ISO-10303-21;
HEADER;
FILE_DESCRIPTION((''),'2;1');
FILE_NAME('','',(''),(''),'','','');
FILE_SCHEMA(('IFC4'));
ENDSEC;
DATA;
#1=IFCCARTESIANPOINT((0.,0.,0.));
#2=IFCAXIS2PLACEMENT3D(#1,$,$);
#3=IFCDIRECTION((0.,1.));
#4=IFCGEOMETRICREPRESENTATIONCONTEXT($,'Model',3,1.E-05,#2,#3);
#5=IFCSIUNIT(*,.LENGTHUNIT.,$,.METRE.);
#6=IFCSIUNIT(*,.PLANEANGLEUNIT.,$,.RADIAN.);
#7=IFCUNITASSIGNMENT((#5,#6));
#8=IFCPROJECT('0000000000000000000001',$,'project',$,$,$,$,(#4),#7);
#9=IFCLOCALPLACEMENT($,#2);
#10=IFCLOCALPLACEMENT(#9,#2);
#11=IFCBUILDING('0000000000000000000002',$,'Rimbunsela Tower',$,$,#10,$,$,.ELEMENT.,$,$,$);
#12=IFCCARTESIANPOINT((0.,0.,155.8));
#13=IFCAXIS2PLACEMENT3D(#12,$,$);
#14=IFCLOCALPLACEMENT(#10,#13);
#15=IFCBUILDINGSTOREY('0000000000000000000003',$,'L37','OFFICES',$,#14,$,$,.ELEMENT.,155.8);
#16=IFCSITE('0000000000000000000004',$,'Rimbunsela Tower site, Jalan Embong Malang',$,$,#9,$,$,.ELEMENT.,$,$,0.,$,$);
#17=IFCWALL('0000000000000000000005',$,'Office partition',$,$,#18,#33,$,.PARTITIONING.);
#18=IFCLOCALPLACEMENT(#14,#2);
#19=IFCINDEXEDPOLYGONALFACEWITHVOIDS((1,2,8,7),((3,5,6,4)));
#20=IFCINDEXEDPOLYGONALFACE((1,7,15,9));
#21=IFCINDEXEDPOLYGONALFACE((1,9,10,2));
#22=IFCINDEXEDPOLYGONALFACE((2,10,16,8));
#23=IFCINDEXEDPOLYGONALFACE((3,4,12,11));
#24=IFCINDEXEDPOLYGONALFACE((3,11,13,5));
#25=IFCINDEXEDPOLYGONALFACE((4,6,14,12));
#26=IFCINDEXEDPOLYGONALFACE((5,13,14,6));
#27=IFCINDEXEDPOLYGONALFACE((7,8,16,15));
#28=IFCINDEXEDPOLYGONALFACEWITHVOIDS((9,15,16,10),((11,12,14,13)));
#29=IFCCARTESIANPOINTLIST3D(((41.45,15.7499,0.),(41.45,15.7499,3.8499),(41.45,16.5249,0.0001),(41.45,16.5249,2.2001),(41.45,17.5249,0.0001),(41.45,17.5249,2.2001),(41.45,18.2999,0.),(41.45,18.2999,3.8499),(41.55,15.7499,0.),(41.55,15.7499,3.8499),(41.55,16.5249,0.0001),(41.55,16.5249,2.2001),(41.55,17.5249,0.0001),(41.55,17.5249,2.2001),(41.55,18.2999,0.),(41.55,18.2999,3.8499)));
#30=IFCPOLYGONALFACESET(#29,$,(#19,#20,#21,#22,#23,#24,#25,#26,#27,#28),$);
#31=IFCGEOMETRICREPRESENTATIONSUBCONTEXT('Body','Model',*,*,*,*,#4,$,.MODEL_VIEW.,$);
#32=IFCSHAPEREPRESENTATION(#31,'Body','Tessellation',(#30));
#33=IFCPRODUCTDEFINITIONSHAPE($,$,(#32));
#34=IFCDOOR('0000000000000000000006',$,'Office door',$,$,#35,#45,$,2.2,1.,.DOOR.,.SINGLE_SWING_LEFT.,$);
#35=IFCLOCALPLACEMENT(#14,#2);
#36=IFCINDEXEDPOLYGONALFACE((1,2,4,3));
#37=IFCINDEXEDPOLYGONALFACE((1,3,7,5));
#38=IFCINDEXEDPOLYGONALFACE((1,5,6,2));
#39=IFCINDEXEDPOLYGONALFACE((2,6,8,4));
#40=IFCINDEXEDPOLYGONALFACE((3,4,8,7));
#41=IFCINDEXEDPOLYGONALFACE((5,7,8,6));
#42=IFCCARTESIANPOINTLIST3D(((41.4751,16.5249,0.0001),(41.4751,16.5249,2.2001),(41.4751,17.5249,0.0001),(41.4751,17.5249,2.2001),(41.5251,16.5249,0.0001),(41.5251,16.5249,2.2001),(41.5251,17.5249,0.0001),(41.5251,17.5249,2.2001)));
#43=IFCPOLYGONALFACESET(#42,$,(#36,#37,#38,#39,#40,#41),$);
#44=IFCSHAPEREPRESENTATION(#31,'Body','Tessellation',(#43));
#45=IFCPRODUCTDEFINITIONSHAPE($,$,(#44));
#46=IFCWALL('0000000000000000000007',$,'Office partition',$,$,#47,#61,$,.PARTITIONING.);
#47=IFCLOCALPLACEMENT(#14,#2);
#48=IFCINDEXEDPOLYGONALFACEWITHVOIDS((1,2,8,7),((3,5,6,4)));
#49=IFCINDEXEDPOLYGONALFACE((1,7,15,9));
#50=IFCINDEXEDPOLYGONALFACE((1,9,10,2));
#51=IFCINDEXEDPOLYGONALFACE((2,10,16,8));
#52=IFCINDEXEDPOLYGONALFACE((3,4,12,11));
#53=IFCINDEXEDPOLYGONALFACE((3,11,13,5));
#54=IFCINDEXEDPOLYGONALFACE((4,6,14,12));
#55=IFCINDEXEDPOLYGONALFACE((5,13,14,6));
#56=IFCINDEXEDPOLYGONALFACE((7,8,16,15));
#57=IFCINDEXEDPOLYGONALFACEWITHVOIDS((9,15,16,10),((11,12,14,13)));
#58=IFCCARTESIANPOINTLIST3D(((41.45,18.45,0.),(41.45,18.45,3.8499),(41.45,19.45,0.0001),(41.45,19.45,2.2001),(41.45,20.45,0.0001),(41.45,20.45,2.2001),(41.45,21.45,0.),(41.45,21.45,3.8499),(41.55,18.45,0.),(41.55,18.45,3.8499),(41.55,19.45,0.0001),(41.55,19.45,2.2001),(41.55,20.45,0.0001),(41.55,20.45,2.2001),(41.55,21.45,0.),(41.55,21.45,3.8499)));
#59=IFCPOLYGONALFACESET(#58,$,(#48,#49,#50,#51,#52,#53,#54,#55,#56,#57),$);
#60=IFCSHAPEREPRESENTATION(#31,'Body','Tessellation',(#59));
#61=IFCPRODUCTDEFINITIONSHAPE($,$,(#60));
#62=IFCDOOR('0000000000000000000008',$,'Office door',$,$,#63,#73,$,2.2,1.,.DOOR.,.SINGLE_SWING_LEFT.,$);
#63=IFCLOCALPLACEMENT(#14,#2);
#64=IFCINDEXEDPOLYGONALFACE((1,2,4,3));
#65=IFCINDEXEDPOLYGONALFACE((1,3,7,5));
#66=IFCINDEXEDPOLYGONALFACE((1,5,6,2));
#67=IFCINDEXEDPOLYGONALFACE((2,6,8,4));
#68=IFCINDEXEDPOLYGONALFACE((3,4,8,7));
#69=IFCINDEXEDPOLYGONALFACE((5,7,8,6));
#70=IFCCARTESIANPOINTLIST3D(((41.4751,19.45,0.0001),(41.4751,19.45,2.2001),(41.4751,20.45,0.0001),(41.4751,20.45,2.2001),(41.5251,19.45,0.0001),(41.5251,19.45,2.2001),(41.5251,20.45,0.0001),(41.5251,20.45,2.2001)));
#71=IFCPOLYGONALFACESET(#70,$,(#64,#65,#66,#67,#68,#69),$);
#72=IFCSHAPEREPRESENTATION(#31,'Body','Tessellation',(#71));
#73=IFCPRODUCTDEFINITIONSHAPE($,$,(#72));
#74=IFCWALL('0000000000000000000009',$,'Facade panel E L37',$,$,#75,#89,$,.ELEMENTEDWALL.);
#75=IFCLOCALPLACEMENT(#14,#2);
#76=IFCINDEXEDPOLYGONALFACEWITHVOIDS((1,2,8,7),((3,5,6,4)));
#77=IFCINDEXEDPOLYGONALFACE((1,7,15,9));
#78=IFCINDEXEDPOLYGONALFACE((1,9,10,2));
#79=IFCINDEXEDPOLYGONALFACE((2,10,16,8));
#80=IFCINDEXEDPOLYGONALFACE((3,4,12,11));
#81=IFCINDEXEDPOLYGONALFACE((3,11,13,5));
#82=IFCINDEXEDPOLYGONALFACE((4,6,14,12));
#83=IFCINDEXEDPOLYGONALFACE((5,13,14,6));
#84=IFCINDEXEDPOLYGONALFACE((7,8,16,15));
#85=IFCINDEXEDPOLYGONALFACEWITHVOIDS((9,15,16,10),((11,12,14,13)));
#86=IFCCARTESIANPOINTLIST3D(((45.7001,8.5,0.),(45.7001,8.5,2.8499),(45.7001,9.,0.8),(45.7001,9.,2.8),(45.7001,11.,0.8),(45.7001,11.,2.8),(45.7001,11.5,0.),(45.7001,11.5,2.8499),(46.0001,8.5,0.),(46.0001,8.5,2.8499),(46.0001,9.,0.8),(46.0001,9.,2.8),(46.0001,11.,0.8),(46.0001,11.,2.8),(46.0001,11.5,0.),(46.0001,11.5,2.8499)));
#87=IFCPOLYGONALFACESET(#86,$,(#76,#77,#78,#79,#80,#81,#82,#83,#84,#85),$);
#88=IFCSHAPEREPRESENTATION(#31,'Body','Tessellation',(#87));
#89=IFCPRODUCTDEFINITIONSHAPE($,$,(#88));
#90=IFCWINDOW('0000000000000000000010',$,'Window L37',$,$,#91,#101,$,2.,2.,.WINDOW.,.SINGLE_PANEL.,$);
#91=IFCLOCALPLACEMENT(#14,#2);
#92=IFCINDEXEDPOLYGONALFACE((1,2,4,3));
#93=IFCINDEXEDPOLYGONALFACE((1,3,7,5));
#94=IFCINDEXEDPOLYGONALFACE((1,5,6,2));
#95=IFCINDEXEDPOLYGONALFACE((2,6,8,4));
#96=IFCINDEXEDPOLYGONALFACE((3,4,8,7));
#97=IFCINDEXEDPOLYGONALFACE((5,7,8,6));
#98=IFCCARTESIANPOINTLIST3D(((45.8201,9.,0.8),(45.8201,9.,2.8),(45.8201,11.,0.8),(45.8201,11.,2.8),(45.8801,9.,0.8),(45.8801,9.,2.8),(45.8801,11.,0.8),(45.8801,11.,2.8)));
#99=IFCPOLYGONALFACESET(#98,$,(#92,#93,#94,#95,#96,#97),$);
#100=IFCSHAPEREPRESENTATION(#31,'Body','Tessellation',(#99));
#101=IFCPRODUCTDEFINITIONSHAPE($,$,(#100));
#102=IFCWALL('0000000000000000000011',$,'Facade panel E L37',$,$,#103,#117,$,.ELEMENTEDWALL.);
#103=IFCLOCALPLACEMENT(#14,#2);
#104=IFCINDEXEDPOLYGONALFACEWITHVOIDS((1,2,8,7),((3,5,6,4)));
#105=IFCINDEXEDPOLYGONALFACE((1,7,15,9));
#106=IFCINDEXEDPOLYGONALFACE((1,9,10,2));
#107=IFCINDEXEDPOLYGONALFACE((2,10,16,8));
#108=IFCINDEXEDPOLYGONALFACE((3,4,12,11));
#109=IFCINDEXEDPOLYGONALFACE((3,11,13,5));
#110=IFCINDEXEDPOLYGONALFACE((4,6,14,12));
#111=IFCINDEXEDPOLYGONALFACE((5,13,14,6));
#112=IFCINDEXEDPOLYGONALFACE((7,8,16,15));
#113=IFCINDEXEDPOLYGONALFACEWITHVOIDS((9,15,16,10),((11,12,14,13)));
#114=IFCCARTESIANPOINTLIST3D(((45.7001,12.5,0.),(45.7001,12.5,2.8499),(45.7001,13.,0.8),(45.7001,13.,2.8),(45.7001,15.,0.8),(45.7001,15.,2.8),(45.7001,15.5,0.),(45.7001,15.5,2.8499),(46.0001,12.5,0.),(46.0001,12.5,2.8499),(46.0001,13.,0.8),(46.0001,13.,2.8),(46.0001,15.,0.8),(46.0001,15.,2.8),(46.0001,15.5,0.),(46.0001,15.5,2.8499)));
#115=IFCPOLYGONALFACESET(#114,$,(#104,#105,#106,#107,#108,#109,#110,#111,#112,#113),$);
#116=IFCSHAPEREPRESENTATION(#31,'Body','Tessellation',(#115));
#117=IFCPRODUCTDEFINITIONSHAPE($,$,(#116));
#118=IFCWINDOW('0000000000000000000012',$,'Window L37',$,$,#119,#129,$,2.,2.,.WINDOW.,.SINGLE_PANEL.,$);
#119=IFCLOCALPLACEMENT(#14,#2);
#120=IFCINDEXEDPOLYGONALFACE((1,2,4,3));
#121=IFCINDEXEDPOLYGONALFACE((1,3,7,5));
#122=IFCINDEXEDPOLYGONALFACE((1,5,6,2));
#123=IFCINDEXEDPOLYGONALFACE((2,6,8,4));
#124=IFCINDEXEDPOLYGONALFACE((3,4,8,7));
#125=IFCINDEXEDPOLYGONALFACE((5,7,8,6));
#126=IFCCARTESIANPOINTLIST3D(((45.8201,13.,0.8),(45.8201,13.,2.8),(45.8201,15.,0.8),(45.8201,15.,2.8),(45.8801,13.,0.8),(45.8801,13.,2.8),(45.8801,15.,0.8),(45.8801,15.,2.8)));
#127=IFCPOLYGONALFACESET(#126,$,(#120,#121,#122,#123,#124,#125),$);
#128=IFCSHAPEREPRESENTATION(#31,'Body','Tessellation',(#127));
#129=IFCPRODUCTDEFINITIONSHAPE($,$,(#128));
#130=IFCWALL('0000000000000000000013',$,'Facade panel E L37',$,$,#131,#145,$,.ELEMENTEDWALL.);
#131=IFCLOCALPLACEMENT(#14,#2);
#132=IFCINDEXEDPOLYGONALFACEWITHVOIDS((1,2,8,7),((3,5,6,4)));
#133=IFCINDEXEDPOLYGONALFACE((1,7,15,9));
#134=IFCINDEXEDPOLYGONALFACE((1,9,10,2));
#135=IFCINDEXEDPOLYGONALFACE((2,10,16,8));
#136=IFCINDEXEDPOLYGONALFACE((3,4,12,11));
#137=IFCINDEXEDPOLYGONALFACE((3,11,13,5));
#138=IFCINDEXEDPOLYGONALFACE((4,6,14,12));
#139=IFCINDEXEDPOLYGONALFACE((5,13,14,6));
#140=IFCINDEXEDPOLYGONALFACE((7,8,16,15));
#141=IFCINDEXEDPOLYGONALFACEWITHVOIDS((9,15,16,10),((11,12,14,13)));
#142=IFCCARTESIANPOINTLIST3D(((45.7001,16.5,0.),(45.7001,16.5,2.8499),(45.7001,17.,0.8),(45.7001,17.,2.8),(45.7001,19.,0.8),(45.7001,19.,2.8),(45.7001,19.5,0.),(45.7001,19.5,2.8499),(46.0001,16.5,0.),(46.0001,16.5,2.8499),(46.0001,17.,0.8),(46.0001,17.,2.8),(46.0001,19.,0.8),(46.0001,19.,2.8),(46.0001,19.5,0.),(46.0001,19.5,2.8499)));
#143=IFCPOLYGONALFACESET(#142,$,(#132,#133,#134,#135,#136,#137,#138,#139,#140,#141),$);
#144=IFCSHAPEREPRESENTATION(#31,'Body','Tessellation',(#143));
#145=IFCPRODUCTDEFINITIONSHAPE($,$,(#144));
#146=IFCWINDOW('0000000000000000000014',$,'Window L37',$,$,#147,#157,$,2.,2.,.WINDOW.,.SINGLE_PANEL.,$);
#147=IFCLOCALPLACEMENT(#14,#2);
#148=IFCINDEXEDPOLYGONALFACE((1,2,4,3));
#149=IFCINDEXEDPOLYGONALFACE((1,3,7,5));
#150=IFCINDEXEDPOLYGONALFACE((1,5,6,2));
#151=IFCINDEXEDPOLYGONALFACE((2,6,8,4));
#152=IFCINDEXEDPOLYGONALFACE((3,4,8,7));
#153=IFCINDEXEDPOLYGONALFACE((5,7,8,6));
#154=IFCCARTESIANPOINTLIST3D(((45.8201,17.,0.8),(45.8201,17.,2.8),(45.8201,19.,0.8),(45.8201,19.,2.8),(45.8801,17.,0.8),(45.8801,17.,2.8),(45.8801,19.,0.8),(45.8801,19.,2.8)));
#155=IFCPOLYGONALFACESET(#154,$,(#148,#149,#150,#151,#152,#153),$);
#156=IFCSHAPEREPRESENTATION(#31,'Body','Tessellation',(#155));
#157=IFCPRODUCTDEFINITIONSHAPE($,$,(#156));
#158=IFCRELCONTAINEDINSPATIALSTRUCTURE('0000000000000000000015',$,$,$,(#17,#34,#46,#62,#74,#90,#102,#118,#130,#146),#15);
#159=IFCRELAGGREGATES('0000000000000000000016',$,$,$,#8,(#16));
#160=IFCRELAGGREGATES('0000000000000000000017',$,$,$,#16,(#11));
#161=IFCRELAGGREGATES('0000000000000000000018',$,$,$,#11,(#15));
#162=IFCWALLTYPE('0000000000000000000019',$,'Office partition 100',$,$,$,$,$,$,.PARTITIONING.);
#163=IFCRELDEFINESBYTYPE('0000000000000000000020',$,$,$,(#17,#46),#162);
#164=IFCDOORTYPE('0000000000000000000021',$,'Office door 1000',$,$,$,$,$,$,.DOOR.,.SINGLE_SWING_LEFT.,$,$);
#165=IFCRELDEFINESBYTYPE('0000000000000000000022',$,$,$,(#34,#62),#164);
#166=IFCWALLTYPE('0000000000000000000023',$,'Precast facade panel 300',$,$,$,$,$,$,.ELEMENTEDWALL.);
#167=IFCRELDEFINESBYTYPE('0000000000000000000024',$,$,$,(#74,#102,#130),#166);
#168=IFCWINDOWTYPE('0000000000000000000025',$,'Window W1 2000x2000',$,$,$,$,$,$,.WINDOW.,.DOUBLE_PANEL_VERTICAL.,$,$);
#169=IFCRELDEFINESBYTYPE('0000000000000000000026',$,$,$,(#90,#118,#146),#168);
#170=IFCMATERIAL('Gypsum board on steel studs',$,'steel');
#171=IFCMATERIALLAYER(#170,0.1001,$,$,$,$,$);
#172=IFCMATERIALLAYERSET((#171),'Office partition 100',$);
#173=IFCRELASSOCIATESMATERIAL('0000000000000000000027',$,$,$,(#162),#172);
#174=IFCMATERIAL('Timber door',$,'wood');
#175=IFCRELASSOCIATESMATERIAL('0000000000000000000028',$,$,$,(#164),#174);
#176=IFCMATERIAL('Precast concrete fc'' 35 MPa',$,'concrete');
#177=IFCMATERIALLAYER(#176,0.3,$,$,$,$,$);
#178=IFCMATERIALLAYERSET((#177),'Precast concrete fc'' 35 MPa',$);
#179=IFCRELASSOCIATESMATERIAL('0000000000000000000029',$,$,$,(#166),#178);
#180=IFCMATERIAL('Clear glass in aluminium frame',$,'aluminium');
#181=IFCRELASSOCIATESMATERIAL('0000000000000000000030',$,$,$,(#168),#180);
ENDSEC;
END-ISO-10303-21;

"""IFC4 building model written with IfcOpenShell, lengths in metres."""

from ifc_helpers import new_model, si_unit, direction, frame, frame_2d, origin, place, context, subcontext, project, spatial, rectangle, extrude, material, layer, layer_set, type_object, element, fill, save


model = new_model("IFC4")

# Units and contexts
model_context = context("Model", 3, precision=1e-05, world=origin(), true_north=direction((0.0, 1.0)))
body_context = subcontext(model_context, "Body", "Model", "MODEL_VIEW")
ifc_project = project(units=[si_unit("LENGTHUNIT", "METRE"), si_unit("PLANEANGLEUNIT", "RADIAN")], contexts=[model_context])

# Site, building, storey
site_placement = place(None, origin())
site = spatial("IfcSite", under=ifc_project, at=site_placement, Name="Rimbunsela Tower site, Jalan Embong Malang", CompositionType="ELEMENT", RefElevation=0.0)
building_placement = place(site_placement, origin())
building = spatial("IfcBuilding", under=site, at=building_placement, Name="Rimbunsela Tower", CompositionType="ELEMENT")
storey_placement = place(building_placement, frame((0.0, 0.0, 155.8)))
storey = spatial("IfcBuildingStorey", under=building, at=storey_placement, Name="L37", Description="OFFICES", CompositionType="ELEMENT", Elevation=155.8)

# Shared definitions
ifc_material_1 = material(Name="Gypsum board on steel studs", Category="steel")
ifc_layer_1 = layer(ifc_material_1, 0.1001)
ifc_layer_set_1 = layer_set([ifc_layer_1], Name="Office partition 100")
wall_type_1 = type_object("IfcWallType", Name="Office partition 100", PredefinedType="PARTITIONING", material=ifc_layer_set_1)

# Walls, openings, doors
wall_1_placement = place(storey_placement, frame((41.5, 15.75, 0.0), z_axis=(0.0, 0.0, 1.0), x_axis=(0.0, 1.0, 0.0)))
wall_1 = element("IfcWall", 1, at=wall_1_placement, inside=storey, type_object=wall_type_1, Name="Office partition", PredefinedType="PARTITIONING", context=body_context, shape_type="SweptSolid", body=[
    extrude(rectangle(XDim=2.55, YDim=0.1001, at=frame_2d((1.2749, 0.0))), origin(), (0.0, 0.0, 1.0), 3.8499),
])
opening_1_placement = place(wall_1_placement, frame((0.7749, 0.0, 0.0)))
opening_1 = element("IfcOpeningElement", 2, at=opening_1_placement, cuts=wall_1, PredefinedType="OPENING", context=body_context, shape_type="SweptSolid", body=[
    extrude(rectangle(XDim=1.0, YDim=2.2, at=frame_2d((0.5, 1.1001))), frame((0.0, 0.0601, 0.0), z_axis=(0.0, -1.0, 0.0), x_axis=(1.0, 0.0, 0.0)), (0.0, 0.0, 1.0), 0.1201),
])
ifc_material_2 = material(Name="Timber door", Category="wood")
door_type_1 = type_object("IfcDoorType", Name="Office door 1000", OperationType="SINGLE_SWING_LEFT", PredefinedType="DOOR", material=ifc_material_2)
door_1_placement = place(opening_1_placement, origin())
door_1 = element("IfcDoor", 3, at=door_1_placement, inside=storey, type_object=door_type_1, Name="Office door", OperationType="SINGLE_SWING_LEFT", OverallHeight=2.2, OverallWidth=1.0, PredefinedType="DOOR", context=body_context, shape_type="SweptSolid", body=[
    extrude(rectangle(XDim=1.0, YDim=2.2, at=frame_2d((0.5, 1.1001))), frame((0.0, 0.0249, 0.0), z_axis=(0.0, -1.0, 0.0), x_axis=(1.0, 0.0, 0.0)), (0.0, 0.0, 1.0), 0.05),
])
fill(opening_1, door_1)
wall_2_placement = place(storey_placement, frame((41.5, 18.45, 0.0), z_axis=(0.0, 0.0, 1.0), x_axis=(0.0, 1.0, 0.0)))
wall_2 = element("IfcWall", 4, at=wall_2_placement, inside=storey, type_object=wall_type_1, Name="Office partition", PredefinedType="PARTITIONING", context=body_context, shape_type="SweptSolid", body=[
    extrude(rectangle(XDim=3.0, YDim=0.1001, at=frame_2d((1.5, 0.0))), origin(), (0.0, 0.0, 1.0), 3.8499),
])
opening_2_placement = place(wall_2_placement, frame((1.0, 0.0, 0.0)))
opening_2 = element("IfcOpeningElement", 5, at=opening_2_placement, cuts=wall_2, PredefinedType="OPENING", context=body_context, shape_type="SweptSolid", body=[
    extrude(rectangle(XDim=1.0, YDim=2.2, at=frame_2d((0.5, 1.1001))), frame((0.0, 0.0601, 0.0), z_axis=(0.0, -1.0, 0.0), x_axis=(1.0, 0.0, 0.0)), (0.0, 0.0, 1.0), 0.1201),
])
door_2_placement = place(opening_2_placement, origin())
door_2 = element("IfcDoor", 6, at=door_2_placement, inside=storey, type_object=door_type_1, Name="Office door", OperationType="SINGLE_SWING_LEFT", OverallHeight=2.2, OverallWidth=1.0, PredefinedType="DOOR", context=body_context, shape_type="SweptSolid", body=[
    extrude(rectangle(XDim=1.0, YDim=2.2, at=frame_2d((0.5, 1.1001))), frame((0.0, 0.0249, 0.0), z_axis=(0.0, -1.0, 0.0), x_axis=(1.0, 0.0, 0.0)), (0.0, 0.0, 1.0), 0.05),
])
fill(opening_2, door_2)

# Walls, openings, windows
ifc_material_3 = material(Name="Precast concrete fc' 35 MPa", Category="concrete")
ifc_layer_2 = layer(ifc_material_3, 0.3)
ifc_layer_set_2 = layer_set([ifc_layer_2], Name="Precast concrete fc' 35 MPa")
wall_type_2 = type_object("IfcWallType", Name="Precast facade panel 300", PredefinedType="ELEMENTEDWALL", material=ifc_layer_set_2)
wall_3_placement = place(storey_placement, frame((45.8501, 8.5, 0.0), z_axis=(0.0, 0.0, 1.0), x_axis=(0.0, 1.0, 0.0)))
wall_3 = element("IfcWall", 7, at=wall_3_placement, inside=storey, type_object=wall_type_2, Name="Facade panel E L37", PredefinedType="ELEMENTEDWALL", context=body_context, shape_type="SweptSolid", body=[
    extrude(rectangle(XDim=3.0, YDim=0.3, at=frame_2d((1.5, 0.0))), origin(), (0.0, 0.0, 1.0), 2.8499),
])
opening_3_placement = place(wall_3_placement, frame((0.5, 0.0, 0.8)))
opening_3 = element("IfcOpeningElement", 8, at=opening_3_placement, cuts=wall_3, PredefinedType="OPENING", context=body_context, shape_type="SweptSolid", body=[
    extrude(rectangle(XDim=2.0, YDim=2.0, at=frame_2d((1.0, 1.0))), frame((0.0, 0.1599, 0.0), z_axis=(0.0, -1.0, 0.0), x_axis=(1.0, 0.0, 0.0)), (0.0, 0.0, 1.0), 0.3201),
])
ifc_material_4 = material(Name="Clear glass in aluminium frame", Category="aluminium")
window_type = type_object("IfcWindowType", Name="Window W1 2000x2000", PartitioningType="DOUBLE_PANEL_VERTICAL", PredefinedType="WINDOW", material=ifc_material_4)
window_1_placement = place(opening_3_placement, origin())
window_1 = element("IfcWindow", 9, at=window_1_placement, inside=storey, type_object=window_type, Name="Window L37", OverallHeight=2.0, OverallWidth=2.0, PartitioningType="SINGLE_PANEL", PredefinedType="WINDOW", context=body_context, shape_type="SweptSolid", body=[
    extrude(rectangle(XDim=2.0, YDim=2.0, at=frame_2d((1.0, 1.0))), frame((0.0, 0.03, 0.0), z_axis=(0.0, -1.0, 0.0), x_axis=(1.0, 0.0, 0.0)), (0.0, 0.0, 1.0), 0.0601),
])
fill(opening_3, window_1)
wall_4_placement = place(storey_placement, frame((45.8501, 12.5, 0.0), z_axis=(0.0, 0.0, 1.0), x_axis=(0.0, 1.0, 0.0)))
wall_4 = element("IfcWall", 10, at=wall_4_placement, inside=storey, type_object=wall_type_2, Name="Facade panel E L37", PredefinedType="ELEMENTEDWALL", context=body_context, shape_type="SweptSolid", body=[
    extrude(rectangle(XDim=3.0, YDim=0.3, at=frame_2d((1.5, 0.0))), origin(), (0.0, 0.0, 1.0), 2.8499),
])
opening_4_placement = place(wall_4_placement, frame((0.5, 0.0, 0.8)))
opening_4 = element("IfcOpeningElement", 11, at=opening_4_placement, cuts=wall_4, PredefinedType="OPENING", context=body_context, shape_type="SweptSolid", body=[
    extrude(rectangle(XDim=2.0, YDim=2.0, at=frame_2d((1.0, 1.0))), frame((0.0, 0.1599, 0.0), z_axis=(0.0, -1.0, 0.0), x_axis=(1.0, 0.0, 0.0)), (0.0, 0.0, 1.0), 0.3201),
])
window_2_placement = place(opening_4_placement, origin())
window_2 = element("IfcWindow", 12, at=window_2_placement, inside=storey, type_object=window_type, Name="Window L37", OverallHeight=2.0, OverallWidth=2.0, PartitioningType="SINGLE_PANEL", PredefinedType="WINDOW", context=body_context, shape_type="SweptSolid", body=[
    extrude(rectangle(XDim=2.0, YDim=2.0, at=frame_2d((1.0, 1.0))), frame((0.0, 0.03, 0.0), z_axis=(0.0, -1.0, 0.0), x_axis=(1.0, 0.0, 0.0)), (0.0, 0.0, 1.0), 0.0601),
])
fill(opening_4, window_2)
wall_5_placement = place(storey_placement, frame((45.8501, 16.5, 0.0), z_axis=(0.0, 0.0, 1.0), x_axis=(0.0, 1.0, 0.0)))
wall_5 = element("IfcWall", 13, at=wall_5_placement, inside=storey, type_object=wall_type_2, Name="Facade panel E L37", PredefinedType="ELEMENTEDWALL", context=body_context, shape_type="SweptSolid", body=[
    extrude(rectangle(XDim=3.0, YDim=0.3, at=frame_2d((1.5, 0.0))), origin(), (0.0, 0.0, 1.0), 2.8499),
])
opening_5_placement = place(wall_5_placement, frame((0.5, 0.0, 0.8)))
opening_5 = element("IfcOpeningElement", 14, at=opening_5_placement, cuts=wall_5, PredefinedType="OPENING", context=body_context, shape_type="SweptSolid", body=[
    extrude(rectangle(XDim=2.0, YDim=2.0, at=frame_2d((1.0, 1.0))), frame((0.0, 0.1599, 0.0), z_axis=(0.0, -1.0, 0.0), x_axis=(1.0, 0.0, 0.0)), (0.0, 0.0, 1.0), 0.3201),
])
window_3_placement = place(opening_5_placement, origin())
window_3 = element("IfcWindow", 15, at=window_3_placement, inside=storey, type_object=window_type, Name="Window L37", OverallHeight=2.0, OverallWidth=2.0, PartitioningType="SINGLE_PANEL", PredefinedType="WINDOW", context=body_context, shape_type="SweptSolid", body=[
    extrude(rectangle(XDim=2.0, YDim=2.0, at=frame_2d((1.0, 1.0))), frame((0.0, 0.03, 0.0), z_axis=(0.0, -1.0, 0.0), x_axis=(1.0, 0.0, 0.0)), (0.0, 0.0, 1.0), 0.0601),
])
fill(opening_5, window_3)

save(model, "model.ifc")
